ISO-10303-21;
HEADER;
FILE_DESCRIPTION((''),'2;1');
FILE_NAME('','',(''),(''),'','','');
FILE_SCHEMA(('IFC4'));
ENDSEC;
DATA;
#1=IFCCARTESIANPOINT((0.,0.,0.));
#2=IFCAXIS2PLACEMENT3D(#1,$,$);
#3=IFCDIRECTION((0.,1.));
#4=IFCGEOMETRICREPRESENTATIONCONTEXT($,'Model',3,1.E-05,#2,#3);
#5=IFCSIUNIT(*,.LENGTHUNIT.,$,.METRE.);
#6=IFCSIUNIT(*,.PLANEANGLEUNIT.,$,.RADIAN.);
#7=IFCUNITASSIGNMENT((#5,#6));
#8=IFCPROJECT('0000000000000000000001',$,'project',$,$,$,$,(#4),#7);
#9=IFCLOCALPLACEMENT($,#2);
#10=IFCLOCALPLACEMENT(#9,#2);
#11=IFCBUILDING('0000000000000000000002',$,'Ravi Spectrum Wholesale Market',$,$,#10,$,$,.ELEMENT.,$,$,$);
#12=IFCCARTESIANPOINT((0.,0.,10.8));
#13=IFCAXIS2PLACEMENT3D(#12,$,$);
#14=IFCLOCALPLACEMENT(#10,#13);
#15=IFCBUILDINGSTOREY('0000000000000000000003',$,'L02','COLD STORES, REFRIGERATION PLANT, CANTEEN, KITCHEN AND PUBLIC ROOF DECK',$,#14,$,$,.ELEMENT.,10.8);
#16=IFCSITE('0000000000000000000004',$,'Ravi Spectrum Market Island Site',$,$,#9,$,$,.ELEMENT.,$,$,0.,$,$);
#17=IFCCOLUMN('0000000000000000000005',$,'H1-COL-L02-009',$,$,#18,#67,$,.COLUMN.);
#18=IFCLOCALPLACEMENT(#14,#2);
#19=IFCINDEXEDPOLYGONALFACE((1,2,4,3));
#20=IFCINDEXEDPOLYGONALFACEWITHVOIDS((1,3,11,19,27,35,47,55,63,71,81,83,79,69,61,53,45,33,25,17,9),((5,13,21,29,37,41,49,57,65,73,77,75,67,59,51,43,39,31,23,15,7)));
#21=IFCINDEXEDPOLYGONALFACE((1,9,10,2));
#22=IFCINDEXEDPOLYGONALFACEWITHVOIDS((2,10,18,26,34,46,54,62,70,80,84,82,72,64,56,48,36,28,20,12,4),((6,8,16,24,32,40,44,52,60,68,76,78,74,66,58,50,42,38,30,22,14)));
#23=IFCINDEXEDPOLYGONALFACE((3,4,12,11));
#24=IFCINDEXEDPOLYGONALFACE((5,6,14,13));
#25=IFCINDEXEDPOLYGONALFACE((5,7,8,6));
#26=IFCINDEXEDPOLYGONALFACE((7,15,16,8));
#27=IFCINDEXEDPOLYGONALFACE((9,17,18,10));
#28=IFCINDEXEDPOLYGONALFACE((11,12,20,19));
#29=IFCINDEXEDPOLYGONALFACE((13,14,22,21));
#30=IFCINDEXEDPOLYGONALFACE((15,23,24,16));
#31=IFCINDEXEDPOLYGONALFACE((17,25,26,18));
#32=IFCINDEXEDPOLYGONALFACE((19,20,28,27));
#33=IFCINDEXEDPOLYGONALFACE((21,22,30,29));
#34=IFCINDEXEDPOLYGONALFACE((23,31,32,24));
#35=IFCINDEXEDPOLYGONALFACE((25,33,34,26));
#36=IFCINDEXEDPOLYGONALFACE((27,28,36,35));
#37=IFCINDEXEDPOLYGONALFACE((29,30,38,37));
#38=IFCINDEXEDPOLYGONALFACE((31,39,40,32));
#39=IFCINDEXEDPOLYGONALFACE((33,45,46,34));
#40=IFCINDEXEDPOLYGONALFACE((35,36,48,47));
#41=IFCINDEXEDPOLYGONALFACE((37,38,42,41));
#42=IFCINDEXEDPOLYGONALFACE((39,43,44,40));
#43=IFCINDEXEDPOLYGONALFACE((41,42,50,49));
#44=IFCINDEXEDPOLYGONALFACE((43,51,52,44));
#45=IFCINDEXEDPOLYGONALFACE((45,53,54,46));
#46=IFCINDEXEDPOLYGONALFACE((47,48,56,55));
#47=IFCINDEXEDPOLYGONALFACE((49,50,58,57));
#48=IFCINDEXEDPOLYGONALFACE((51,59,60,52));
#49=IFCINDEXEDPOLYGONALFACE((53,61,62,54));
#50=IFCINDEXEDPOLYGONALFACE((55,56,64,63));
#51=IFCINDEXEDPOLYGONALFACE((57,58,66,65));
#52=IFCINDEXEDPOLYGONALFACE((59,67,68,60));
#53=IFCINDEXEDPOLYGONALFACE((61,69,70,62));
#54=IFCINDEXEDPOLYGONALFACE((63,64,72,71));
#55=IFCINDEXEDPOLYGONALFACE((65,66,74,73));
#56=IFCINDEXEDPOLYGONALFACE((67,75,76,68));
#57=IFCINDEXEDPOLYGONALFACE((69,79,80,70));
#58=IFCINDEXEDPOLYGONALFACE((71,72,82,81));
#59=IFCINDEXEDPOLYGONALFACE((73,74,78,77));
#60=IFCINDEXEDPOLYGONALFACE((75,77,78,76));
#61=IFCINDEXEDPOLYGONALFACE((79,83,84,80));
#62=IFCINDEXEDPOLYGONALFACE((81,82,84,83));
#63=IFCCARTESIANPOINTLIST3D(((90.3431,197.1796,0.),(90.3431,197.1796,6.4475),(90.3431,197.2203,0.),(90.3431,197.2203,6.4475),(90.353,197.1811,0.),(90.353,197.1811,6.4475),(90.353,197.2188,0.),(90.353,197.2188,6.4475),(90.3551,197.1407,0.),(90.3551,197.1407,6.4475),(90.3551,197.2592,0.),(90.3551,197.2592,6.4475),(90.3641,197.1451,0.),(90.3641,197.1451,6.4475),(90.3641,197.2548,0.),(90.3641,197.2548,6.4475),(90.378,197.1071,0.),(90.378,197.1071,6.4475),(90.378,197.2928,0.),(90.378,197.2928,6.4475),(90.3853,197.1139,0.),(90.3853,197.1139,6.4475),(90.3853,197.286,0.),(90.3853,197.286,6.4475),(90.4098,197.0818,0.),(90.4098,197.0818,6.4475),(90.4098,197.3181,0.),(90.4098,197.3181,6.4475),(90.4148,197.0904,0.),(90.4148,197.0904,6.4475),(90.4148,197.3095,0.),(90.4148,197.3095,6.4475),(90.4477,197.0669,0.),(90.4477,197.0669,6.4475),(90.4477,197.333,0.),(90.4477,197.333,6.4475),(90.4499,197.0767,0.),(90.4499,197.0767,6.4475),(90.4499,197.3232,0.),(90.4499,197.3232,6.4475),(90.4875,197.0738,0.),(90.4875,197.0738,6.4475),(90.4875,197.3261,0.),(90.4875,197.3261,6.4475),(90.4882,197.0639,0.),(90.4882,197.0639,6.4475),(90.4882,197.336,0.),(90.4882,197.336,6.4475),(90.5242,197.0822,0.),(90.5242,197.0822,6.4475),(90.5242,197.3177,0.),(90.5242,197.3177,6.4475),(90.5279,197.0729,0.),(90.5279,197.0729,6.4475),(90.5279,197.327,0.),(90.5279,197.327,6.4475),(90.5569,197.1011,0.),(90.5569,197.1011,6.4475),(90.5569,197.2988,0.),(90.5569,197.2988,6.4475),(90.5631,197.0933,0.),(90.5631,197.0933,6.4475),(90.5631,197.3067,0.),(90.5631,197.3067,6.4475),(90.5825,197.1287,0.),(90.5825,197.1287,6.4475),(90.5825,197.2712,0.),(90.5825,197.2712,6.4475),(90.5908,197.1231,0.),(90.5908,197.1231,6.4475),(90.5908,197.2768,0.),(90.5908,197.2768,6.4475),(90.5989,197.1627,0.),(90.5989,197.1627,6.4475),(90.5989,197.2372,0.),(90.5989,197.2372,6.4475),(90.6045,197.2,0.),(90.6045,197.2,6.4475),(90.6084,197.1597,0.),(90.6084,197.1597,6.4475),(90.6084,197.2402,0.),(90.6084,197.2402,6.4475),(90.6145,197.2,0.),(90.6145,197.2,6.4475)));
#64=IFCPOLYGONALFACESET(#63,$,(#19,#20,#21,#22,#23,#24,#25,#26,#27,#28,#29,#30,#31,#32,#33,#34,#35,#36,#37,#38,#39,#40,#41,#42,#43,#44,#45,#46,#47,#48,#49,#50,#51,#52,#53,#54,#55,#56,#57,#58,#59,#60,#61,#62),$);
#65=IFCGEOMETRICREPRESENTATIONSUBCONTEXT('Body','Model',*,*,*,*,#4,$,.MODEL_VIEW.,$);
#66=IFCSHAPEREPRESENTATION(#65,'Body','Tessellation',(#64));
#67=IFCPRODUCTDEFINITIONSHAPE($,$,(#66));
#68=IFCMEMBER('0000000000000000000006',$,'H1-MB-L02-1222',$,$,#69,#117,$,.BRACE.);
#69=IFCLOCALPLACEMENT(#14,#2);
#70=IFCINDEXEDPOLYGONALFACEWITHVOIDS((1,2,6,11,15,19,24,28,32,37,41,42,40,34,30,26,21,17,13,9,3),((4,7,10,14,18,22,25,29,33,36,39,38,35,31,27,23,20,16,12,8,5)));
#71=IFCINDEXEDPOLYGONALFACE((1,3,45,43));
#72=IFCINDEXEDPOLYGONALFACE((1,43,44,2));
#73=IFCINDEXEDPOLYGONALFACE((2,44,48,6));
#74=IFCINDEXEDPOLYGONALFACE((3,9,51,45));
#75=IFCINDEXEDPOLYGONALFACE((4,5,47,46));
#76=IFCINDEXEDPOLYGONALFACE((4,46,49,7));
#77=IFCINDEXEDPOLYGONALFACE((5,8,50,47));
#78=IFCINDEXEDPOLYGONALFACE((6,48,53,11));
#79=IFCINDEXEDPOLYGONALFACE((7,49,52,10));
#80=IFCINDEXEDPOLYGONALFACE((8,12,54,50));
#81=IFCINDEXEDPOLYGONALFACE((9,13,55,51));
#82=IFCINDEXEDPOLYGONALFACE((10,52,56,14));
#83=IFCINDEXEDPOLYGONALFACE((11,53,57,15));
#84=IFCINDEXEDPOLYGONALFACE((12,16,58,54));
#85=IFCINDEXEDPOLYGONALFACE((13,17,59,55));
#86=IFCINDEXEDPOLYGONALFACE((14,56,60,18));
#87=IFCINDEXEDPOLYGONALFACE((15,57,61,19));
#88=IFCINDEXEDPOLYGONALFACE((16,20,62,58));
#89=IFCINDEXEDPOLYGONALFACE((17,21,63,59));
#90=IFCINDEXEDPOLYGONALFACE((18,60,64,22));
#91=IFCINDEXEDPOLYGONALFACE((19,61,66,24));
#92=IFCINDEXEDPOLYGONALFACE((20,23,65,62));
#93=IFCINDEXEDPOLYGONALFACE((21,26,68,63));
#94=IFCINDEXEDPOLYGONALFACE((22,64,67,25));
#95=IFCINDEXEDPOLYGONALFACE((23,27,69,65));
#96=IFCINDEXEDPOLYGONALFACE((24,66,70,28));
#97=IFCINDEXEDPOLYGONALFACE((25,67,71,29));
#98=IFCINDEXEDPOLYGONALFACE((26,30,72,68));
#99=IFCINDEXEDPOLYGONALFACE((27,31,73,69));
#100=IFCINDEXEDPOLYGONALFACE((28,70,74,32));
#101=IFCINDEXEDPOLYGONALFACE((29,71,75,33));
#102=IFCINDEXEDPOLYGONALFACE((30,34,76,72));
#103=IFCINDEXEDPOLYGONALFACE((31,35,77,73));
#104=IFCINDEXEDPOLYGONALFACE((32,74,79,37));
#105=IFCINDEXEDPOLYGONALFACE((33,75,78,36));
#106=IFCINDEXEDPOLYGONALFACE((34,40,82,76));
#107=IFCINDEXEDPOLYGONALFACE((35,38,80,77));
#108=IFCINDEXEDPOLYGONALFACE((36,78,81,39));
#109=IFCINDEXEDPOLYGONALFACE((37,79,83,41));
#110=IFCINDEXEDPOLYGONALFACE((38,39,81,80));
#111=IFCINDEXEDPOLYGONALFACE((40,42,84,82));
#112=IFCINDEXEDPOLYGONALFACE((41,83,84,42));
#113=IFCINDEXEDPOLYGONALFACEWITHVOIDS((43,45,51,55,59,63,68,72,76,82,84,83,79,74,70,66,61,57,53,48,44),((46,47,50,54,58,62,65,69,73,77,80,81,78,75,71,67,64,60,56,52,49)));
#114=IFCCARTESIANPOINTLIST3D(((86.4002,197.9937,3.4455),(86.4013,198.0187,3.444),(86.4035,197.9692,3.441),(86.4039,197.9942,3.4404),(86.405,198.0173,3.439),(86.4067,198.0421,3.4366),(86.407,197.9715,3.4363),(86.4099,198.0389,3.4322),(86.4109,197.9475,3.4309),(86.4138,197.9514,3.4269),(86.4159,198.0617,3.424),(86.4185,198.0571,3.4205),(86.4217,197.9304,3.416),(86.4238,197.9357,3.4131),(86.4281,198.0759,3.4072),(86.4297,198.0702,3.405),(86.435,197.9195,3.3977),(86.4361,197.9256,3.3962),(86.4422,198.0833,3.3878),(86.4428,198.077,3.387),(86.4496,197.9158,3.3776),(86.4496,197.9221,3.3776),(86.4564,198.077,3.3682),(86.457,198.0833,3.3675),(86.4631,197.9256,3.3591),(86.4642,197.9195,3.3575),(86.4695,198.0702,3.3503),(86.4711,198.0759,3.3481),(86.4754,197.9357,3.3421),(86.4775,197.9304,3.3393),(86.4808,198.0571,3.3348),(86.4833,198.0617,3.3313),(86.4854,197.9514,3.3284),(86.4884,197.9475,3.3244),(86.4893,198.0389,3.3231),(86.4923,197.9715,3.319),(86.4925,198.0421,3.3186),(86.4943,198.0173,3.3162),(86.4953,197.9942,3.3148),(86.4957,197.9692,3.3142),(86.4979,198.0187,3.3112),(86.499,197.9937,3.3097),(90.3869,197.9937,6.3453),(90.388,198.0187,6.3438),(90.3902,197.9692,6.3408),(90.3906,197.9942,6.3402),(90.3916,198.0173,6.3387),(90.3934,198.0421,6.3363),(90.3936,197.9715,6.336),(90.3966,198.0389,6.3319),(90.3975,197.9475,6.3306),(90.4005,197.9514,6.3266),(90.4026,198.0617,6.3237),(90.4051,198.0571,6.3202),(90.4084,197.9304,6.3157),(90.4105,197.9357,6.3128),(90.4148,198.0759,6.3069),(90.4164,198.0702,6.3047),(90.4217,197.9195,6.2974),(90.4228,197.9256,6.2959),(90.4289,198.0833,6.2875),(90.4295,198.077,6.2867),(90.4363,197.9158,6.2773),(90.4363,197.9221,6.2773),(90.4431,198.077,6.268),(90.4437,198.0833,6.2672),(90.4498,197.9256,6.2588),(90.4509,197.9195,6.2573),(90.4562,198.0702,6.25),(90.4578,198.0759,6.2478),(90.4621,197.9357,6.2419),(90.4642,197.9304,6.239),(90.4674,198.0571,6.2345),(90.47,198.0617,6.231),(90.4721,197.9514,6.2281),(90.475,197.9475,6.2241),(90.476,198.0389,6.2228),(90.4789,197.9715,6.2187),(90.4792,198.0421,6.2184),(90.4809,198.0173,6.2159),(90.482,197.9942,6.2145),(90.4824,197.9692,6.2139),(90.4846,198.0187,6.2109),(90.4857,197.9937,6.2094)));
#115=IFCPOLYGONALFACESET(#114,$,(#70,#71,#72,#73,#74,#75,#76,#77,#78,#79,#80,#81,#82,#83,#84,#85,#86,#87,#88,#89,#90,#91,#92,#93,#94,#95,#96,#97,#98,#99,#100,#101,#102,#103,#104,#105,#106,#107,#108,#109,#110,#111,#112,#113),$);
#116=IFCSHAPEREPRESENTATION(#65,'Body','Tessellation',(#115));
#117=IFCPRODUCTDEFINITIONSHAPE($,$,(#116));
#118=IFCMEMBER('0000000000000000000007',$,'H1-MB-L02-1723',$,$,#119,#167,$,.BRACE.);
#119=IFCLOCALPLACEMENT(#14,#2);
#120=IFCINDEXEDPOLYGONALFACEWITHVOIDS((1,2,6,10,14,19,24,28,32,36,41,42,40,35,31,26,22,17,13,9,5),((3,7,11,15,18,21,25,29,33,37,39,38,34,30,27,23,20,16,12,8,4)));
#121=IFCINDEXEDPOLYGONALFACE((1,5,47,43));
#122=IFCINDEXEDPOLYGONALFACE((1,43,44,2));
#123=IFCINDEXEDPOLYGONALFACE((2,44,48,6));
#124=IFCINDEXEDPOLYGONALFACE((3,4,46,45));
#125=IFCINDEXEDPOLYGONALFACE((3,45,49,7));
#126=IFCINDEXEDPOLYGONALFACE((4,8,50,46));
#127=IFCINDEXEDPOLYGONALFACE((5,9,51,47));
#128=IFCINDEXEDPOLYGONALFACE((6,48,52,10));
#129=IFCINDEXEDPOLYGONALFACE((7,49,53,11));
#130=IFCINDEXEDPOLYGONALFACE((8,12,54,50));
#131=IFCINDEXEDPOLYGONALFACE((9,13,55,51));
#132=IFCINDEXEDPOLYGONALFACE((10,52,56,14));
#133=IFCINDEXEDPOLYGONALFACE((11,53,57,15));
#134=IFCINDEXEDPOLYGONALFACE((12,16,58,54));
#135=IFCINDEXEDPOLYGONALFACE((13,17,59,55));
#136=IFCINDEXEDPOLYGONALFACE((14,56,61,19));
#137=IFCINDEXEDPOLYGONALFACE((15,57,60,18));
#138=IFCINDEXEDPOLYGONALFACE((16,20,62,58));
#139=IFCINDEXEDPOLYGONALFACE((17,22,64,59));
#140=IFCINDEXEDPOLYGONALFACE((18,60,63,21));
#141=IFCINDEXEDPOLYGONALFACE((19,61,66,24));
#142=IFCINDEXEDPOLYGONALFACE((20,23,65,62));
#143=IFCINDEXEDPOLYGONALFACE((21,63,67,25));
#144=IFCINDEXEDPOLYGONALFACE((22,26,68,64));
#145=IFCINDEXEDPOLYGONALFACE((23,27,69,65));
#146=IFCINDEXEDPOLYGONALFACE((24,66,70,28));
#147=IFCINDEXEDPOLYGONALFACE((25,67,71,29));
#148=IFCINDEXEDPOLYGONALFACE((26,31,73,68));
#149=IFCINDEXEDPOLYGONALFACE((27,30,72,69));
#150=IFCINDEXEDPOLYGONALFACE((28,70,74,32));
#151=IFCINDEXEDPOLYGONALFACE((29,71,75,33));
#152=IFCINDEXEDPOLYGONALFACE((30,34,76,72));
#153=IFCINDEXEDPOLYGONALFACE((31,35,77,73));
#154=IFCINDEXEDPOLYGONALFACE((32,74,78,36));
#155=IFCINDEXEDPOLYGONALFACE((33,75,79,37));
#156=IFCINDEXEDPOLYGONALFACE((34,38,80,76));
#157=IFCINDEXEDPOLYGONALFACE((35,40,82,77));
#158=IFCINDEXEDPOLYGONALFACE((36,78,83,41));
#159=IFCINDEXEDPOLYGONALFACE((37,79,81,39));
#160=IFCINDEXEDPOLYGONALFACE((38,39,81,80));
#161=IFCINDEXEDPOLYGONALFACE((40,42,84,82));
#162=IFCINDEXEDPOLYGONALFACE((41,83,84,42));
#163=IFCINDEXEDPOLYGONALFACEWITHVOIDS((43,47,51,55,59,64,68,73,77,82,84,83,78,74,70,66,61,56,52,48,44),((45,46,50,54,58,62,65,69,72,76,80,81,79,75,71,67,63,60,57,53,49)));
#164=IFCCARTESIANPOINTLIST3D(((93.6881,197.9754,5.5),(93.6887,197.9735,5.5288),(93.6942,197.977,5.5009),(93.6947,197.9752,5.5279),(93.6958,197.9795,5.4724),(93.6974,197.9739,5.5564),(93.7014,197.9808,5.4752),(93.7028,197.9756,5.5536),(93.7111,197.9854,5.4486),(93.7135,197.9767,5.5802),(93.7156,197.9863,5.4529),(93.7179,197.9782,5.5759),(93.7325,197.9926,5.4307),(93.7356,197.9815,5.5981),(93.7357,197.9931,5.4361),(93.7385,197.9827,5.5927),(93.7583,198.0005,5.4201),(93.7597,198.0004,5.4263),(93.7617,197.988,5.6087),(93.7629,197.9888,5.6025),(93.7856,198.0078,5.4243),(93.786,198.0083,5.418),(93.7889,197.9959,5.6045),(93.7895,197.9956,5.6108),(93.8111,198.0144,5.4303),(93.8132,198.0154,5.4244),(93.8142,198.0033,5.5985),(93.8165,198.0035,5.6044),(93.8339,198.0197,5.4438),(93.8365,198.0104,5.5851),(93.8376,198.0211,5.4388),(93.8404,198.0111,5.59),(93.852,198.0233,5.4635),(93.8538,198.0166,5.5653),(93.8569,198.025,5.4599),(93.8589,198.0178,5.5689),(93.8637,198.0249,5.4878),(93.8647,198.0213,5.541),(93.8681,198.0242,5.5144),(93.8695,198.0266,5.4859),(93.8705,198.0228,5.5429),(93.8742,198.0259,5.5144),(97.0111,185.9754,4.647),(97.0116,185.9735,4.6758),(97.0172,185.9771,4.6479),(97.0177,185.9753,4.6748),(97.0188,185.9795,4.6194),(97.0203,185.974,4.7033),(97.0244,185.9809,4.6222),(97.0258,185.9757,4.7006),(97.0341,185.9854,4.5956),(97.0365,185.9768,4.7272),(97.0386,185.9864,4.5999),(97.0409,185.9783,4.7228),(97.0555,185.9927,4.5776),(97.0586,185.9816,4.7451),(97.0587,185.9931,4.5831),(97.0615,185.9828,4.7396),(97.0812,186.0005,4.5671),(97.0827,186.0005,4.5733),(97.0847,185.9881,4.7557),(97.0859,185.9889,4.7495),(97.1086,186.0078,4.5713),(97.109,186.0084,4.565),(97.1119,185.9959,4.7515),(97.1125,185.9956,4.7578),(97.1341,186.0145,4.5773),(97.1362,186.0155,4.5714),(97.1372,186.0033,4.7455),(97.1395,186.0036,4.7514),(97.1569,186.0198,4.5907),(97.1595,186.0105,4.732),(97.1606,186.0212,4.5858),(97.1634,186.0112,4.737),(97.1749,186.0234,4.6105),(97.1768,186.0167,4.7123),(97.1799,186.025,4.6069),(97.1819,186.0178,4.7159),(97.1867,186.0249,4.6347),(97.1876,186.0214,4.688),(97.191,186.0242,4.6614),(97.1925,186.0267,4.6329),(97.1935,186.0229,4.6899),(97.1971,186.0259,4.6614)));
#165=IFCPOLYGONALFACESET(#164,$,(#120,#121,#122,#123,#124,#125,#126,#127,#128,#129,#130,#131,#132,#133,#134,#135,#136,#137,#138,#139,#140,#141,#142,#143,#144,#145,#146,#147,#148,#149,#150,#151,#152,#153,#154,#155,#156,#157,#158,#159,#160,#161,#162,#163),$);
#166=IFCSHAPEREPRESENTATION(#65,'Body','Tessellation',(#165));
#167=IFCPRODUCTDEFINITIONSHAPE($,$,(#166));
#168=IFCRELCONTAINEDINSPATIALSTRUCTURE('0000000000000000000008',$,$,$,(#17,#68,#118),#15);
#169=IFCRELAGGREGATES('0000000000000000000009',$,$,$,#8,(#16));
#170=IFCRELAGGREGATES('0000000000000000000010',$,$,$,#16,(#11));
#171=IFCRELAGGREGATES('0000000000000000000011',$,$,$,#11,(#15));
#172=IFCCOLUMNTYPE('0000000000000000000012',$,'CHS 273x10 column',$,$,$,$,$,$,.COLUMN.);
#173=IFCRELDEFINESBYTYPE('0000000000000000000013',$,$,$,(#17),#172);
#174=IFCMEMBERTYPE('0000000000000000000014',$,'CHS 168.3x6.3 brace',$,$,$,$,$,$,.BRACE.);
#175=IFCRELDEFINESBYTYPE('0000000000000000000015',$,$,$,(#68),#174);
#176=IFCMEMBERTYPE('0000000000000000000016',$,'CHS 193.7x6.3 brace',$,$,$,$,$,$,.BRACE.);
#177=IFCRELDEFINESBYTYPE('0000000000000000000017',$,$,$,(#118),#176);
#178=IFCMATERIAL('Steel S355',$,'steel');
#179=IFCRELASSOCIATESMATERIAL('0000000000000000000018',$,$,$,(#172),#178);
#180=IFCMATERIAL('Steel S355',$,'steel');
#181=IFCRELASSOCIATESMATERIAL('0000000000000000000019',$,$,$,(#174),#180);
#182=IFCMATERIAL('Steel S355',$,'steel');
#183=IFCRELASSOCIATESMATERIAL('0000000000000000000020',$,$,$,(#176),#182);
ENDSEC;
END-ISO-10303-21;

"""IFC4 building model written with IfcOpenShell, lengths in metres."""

from ifc_helpers import new_model, si_unit, direction, frame, origin, origin_2d, place, context, subcontext, project, spatial, hollow_circle, extrude, material, material_profile, profile_set, type_object, element, save


model = new_model("IFC4")

# Units and contexts
model_context = context("Model", 3, precision=1e-05, world=origin(), true_north=direction((0.0, 1.0)))
body_context = subcontext(model_context, "Body", "Model", "MODEL_VIEW")
ifc_project = project(units=[si_unit("LENGTHUNIT", "METRE"), si_unit("PLANEANGLEUNIT", "RADIAN")], contexts=[model_context])

# Site, building, storey
site_placement = place(None, origin())
site = spatial("IfcSite", under=ifc_project, at=site_placement, Name="Ravi Spectrum Market Island Site", CompositionType="ELEMENT", RefElevation=0.0)
building_placement = place(site_placement, origin())
building = spatial("IfcBuilding", under=site, at=building_placement, Name="Ravi Spectrum Wholesale Market", CompositionType="ELEMENT")
storey_placement = place(building_placement, frame((0.0, 0.0, 10.8)))
storey = spatial("IfcBuildingStorey", under=building, at=storey_placement, Name="L02", Description="COLD STORES, REFRIGERATION PLANT, CANTEEN, KITCHEN AND PUBLIC ROOF DECK", CompositionType="ELEMENT", Elevation=10.8)

# Column
ifc_material_1 = material(Name="Steel S355", Category="steel")
ifc_material_profile_1 = material_profile(ifc_material_1, hollow_circle(Radius=0.1365, WallThickness=0.01, at=origin_2d()))
ifc_profile_set_1 = profile_set([ifc_material_profile_1], Name="Steel S355")
column_type = type_object("IfcColumnType", Name="CHS 273x10 column", PredefinedType="COLUMN", material=ifc_profile_set_1)
column_placement = place(storey_placement, frame((90.478, 197.2, 0.0), z_axis=(0.0, 0.0, 1.0), x_axis=(1.0, 0.0, 0.0)))
element("IfcColumn", 1, at=column_placement, inside=storey, type_object=column_type, Name="H1-COL-L02-009", PredefinedType="COLUMN", context=body_context, shape_type="SweptSolid", body=[
    extrude(hollow_circle(Radius=0.1365, WallThickness=0.01, at=origin_2d()), origin(), (0.0, 0.0, 1.0), 6.4475),
])

# Members
ifc_material_2 = material(Name="Steel S355", Category="steel")
ifc_material_profile_2 = material_profile(ifc_material_2, hollow_circle(Radius=0.0842, WallThickness=0.0063, at=origin_2d()))
ifc_profile_set_2 = profile_set([ifc_material_profile_2], Name="Steel S355")
member_type_1 = type_object("IfcMemberType", Name="CHS 168.3x6.3 brace", PredefinedType="BRACE", material=ifc_profile_set_2)
member_1_placement = place(storey_placement, frame((90.4363, 198.0, 6.2773), z_axis=(-0.808704, 0.0, -0.588216), x_axis=(0.0, -1.0, 0.0)))
element("IfcMember", 2, at=member_1_placement, inside=storey, type_object=member_type_1, Name="H1-MB-L02-1222", PredefinedType="BRACE", context=body_context, shape_type="SweptSolid", body=[
    extrude(hollow_circle(Radius=0.0842, WallThickness=0.0063, at=origin_2d()), origin(), (0.0, 0.0, 1.0), 4.9297),
])
ifc_material_3 = material(Name="Steel S355", Category="steel")
ifc_material_profile_3 = material_profile(ifc_material_3, hollow_circle(Radius=0.0969, WallThickness=0.0063, at=origin_2d()))
ifc_profile_set_3 = profile_set([ifc_material_profile_3], Name="Steel S355")
member_type_2 = type_object("IfcMemberType", Name="CHS 193.7x6.3 brace", PredefinedType="BRACE", material=ifc_profile_set_3)
member_2_placement = place(storey_placement, frame((93.7808, 198.0, 5.5144), z_axis=(0.266249, -0.961478, -0.068347), x_axis=(0.963732, 0.266873, 0.0)))
element("IfcMember", 3, at=member_2_placement, inside=storey, type_object=member_type_2, Name="H1-MB-L02-1723", PredefinedType="BRACE", context=body_context, shape_type="SweptSolid", body=[
    extrude(hollow_circle(Radius=0.0969, WallThickness=0.0063, at=origin_2d()), origin(), (0.0, 0.0, 1.0), 12.4807),
])

save(model, "model.ifc")
